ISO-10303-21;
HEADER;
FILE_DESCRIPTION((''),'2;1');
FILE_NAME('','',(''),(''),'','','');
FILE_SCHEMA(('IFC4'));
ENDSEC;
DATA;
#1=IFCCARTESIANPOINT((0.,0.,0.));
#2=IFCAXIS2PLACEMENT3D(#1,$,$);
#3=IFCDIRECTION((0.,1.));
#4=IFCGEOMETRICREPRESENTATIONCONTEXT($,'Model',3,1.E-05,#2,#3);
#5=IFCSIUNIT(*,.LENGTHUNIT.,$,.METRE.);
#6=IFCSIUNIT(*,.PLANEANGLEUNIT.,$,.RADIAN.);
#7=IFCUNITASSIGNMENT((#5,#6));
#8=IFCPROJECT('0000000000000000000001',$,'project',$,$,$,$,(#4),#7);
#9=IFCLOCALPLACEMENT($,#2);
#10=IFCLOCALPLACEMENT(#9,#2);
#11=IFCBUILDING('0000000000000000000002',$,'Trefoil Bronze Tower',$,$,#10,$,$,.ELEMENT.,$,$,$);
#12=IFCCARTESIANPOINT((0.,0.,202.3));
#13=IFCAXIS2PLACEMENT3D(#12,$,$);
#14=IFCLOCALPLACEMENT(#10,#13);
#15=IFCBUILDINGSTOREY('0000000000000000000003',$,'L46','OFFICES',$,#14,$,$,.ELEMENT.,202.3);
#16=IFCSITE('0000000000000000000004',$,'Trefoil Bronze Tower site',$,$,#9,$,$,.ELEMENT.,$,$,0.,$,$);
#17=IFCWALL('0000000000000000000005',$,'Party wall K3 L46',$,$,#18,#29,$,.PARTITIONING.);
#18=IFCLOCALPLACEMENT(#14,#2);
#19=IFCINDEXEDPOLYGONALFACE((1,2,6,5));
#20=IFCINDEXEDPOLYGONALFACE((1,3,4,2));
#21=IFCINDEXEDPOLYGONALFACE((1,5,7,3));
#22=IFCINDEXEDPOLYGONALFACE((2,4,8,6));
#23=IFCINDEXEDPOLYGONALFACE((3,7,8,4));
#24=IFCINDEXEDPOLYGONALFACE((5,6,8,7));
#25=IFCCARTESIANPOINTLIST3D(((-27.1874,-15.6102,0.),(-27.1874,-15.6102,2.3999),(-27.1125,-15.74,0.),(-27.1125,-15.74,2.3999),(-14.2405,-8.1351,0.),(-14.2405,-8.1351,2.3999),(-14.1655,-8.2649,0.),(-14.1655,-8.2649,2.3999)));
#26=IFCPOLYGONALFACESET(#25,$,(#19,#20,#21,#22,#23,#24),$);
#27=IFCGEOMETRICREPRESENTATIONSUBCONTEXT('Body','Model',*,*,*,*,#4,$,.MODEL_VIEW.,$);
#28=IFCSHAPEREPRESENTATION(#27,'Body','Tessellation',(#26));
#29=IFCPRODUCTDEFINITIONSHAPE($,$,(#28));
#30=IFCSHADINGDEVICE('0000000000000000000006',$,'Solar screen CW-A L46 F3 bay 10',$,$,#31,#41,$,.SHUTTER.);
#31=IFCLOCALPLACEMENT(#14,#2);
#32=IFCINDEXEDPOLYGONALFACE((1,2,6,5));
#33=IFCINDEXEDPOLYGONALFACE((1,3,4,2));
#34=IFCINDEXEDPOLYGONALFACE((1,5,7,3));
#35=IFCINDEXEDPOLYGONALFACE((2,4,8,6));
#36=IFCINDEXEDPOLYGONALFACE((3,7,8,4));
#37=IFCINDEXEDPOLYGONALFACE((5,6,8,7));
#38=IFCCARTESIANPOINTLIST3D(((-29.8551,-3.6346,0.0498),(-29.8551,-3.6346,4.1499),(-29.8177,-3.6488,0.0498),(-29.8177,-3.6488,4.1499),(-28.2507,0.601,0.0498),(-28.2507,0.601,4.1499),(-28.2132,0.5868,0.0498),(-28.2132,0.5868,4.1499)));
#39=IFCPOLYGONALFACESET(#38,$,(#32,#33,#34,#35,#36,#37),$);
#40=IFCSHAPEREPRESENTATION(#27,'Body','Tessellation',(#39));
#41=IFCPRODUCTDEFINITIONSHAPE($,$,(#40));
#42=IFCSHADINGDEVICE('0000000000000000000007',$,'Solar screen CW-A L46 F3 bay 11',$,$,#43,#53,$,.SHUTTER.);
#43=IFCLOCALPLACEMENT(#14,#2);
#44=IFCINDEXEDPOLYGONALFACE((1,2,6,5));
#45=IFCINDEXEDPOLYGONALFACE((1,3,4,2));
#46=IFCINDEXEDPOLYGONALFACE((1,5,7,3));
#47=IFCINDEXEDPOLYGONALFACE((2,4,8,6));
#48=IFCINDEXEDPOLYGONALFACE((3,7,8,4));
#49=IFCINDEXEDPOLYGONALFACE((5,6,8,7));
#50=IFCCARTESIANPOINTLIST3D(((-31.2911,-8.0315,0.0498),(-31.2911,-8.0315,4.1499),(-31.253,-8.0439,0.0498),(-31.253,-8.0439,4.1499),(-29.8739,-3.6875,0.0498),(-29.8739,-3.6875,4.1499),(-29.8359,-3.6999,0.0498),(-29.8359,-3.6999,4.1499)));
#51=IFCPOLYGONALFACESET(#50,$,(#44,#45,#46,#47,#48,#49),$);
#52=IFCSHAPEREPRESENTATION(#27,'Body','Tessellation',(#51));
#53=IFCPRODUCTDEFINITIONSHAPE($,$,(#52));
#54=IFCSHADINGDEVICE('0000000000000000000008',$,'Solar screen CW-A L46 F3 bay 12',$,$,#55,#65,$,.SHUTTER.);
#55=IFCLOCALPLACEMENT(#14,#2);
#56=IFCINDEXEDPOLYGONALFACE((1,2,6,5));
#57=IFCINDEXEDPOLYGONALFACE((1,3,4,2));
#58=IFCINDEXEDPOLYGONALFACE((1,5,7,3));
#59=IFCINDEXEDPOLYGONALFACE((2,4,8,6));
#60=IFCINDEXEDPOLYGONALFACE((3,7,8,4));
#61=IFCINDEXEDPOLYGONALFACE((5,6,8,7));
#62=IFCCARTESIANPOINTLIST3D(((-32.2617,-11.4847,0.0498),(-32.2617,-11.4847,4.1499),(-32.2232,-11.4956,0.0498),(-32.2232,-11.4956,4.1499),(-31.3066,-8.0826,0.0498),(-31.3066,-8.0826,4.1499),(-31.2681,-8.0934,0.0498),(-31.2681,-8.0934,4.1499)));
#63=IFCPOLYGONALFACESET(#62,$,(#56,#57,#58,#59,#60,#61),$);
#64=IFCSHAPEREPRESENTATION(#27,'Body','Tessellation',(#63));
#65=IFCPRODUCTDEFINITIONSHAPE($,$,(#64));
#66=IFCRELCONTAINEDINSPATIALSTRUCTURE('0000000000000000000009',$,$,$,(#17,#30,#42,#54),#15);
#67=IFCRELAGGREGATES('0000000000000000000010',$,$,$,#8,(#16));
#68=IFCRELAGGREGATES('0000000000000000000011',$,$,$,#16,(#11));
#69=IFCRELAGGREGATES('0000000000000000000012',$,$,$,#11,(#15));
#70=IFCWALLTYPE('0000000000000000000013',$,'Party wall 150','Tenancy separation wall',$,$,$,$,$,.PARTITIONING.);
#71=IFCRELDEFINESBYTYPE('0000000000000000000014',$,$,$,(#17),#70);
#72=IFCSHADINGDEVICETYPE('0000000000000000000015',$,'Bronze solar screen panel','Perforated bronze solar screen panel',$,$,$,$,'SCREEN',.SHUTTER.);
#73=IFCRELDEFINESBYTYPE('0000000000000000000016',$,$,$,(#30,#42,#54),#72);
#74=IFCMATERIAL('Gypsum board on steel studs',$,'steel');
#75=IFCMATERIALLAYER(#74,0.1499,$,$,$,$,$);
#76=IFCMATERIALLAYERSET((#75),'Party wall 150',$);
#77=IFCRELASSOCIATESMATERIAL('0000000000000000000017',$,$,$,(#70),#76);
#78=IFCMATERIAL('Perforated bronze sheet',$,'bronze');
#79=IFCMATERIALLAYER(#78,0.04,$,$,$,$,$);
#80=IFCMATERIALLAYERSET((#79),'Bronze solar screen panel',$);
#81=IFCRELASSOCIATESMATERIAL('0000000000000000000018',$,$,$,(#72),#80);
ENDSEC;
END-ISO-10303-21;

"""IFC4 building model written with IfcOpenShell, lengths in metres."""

from ifc_helpers import new_model, si_unit, direction, frame, frame_2d, origin, origin_2d, place, context, subcontext, project, spatial, rectangle, extrude, material, layer, layer_set, type_object, element, save


model = new_model("IFC4")

# Units and contexts
model_context = context("Model", 3, precision=1e-05, world=origin(), true_north=direction((0.0, 1.0)))
body_context = subcontext(model_context, "Body", "Model", "MODEL_VIEW")
ifc_project = project(units=[si_unit("LENGTHUNIT", "METRE"), si_unit("PLANEANGLEUNIT", "RADIAN")], contexts=[model_context])

# Site, building, storey
site_placement = place(None, origin())
site = spatial("IfcSite", under=ifc_project, at=site_placement, Name="Trefoil Bronze Tower site", CompositionType="ELEMENT", RefElevation=0.0)
building_placement = place(site_placement, origin())
building = spatial("IfcBuilding", under=site, at=building_placement, Name="Trefoil Bronze Tower", CompositionType="ELEMENT")
storey_placement = place(building_placement, frame((0.0, 0.0, 202.3)))
storey = spatial("IfcBuildingStorey", under=building, at=storey_placement, Name="L46", Description="OFFICES", CompositionType="ELEMENT", Elevation=202.3)

# Wall
ifc_material_1 = material(Name="Gypsum board on steel studs", Category="steel")
ifc_layer_1 = layer(ifc_material_1, 0.1499)
ifc_layer_set_1 = layer_set([ifc_layer_1], Name="Party wall 150")
wall_type_1 = type_object("IfcWallType", Name="Party wall 150", Description="Tenancy separation wall", PredefinedType="PARTITIONING", material=ifc_layer_set_1)
wall_1_placement = place(storey_placement, frame((-14.2029, -8.2, 0.0), z_axis=(0.0, 0.0, 1.0), x_axis=(-0.866022, -0.500007, 0.0)))
element("IfcWall", 1, at=wall_1_placement, inside=storey, type_object=wall_type_1, Name="Party wall K3 L46", PredefinedType="PARTITIONING", context=body_context, shape_type="SweptSolid", body=[
    extrude(rectangle(XDim=14.95, YDim=0.1499, at=frame_2d((7.4751, 0.0))), origin(), (0.0, 0.0, 1.0), 2.3999),
])

# Shading devices
ifc_material_2 = material(Name="Perforated bronze sheet", Category="bronze")
ifc_layer_2 = layer(ifc_material_2, 0.04)
ifc_layer_set_2 = layer_set([ifc_layer_2], Name="Bronze solar screen panel")
shading_device_type = type_object("IfcShadingDeviceType", Name="Bronze solar screen panel", Description="Perforated bronze solar screen panel", ElementType="SCREEN", PredefinedType="SHUTTER", material=ifc_layer_set_2)
shading_device_1_placement = place(storey_placement, frame((-29.0342, -1.5239, 0.0498), z_axis=(0.0, 0.0, 1.0), x_axis=(-0.354234, -0.935157, 0.0)))
element("IfcShadingDevice", 2, at=shading_device_1_placement, inside=storey, type_object=shading_device_type, Name="Solar screen CW-A L46 F3 bay 10", PredefinedType="SHUTTER", context=body_context, shape_type="SweptSolid", body=[
    extrude(rectangle(XDim=4.5293, YDim=0.04, at=origin_2d()), origin(), (0.0, 0.0, 1.0), 4.1001),
])
shading_device_2_placement = place(storey_placement, frame((-30.5635, -5.8657, 0.0498), z_axis=(0.0, 0.0, 1.0), x_axis=(-0.310149, -0.950688, 0.0)))
element("IfcShadingDevice", 3, at=shading_device_2_placement, inside=storey, type_object=shading_device_type, Name="Solar screen CW-A L46 F3 bay 11", PredefinedType="SHUTTER", context=body_context, shape_type="SweptSolid", body=[
    extrude(rectangle(XDim=4.5693, YDim=0.04, at=origin_2d()), origin(), (0.0, 0.0, 1.0), 4.1001),
])
shading_device_3_placement = place(storey_placement, frame((-31.7649, -9.7891, 0.0498), z_axis=(0.0, 0.0, 1.0), x_axis=(-0.270282, -0.962781, 0.0)))
element("IfcShadingDevice", 4, at=shading_device_3_placement, inside=storey, type_object=shading_device_type, Name="Solar screen CW-A L46 F3 bay 12", PredefinedType="SHUTTER", context=body_context, shape_type="SweptSolid", body=[
    extrude(rectangle(XDim=3.5337, YDim=0.04, at=origin_2d()), origin(), (0.0, 0.0, 1.0), 4.1001),
])

save(model, "model.ifc")
